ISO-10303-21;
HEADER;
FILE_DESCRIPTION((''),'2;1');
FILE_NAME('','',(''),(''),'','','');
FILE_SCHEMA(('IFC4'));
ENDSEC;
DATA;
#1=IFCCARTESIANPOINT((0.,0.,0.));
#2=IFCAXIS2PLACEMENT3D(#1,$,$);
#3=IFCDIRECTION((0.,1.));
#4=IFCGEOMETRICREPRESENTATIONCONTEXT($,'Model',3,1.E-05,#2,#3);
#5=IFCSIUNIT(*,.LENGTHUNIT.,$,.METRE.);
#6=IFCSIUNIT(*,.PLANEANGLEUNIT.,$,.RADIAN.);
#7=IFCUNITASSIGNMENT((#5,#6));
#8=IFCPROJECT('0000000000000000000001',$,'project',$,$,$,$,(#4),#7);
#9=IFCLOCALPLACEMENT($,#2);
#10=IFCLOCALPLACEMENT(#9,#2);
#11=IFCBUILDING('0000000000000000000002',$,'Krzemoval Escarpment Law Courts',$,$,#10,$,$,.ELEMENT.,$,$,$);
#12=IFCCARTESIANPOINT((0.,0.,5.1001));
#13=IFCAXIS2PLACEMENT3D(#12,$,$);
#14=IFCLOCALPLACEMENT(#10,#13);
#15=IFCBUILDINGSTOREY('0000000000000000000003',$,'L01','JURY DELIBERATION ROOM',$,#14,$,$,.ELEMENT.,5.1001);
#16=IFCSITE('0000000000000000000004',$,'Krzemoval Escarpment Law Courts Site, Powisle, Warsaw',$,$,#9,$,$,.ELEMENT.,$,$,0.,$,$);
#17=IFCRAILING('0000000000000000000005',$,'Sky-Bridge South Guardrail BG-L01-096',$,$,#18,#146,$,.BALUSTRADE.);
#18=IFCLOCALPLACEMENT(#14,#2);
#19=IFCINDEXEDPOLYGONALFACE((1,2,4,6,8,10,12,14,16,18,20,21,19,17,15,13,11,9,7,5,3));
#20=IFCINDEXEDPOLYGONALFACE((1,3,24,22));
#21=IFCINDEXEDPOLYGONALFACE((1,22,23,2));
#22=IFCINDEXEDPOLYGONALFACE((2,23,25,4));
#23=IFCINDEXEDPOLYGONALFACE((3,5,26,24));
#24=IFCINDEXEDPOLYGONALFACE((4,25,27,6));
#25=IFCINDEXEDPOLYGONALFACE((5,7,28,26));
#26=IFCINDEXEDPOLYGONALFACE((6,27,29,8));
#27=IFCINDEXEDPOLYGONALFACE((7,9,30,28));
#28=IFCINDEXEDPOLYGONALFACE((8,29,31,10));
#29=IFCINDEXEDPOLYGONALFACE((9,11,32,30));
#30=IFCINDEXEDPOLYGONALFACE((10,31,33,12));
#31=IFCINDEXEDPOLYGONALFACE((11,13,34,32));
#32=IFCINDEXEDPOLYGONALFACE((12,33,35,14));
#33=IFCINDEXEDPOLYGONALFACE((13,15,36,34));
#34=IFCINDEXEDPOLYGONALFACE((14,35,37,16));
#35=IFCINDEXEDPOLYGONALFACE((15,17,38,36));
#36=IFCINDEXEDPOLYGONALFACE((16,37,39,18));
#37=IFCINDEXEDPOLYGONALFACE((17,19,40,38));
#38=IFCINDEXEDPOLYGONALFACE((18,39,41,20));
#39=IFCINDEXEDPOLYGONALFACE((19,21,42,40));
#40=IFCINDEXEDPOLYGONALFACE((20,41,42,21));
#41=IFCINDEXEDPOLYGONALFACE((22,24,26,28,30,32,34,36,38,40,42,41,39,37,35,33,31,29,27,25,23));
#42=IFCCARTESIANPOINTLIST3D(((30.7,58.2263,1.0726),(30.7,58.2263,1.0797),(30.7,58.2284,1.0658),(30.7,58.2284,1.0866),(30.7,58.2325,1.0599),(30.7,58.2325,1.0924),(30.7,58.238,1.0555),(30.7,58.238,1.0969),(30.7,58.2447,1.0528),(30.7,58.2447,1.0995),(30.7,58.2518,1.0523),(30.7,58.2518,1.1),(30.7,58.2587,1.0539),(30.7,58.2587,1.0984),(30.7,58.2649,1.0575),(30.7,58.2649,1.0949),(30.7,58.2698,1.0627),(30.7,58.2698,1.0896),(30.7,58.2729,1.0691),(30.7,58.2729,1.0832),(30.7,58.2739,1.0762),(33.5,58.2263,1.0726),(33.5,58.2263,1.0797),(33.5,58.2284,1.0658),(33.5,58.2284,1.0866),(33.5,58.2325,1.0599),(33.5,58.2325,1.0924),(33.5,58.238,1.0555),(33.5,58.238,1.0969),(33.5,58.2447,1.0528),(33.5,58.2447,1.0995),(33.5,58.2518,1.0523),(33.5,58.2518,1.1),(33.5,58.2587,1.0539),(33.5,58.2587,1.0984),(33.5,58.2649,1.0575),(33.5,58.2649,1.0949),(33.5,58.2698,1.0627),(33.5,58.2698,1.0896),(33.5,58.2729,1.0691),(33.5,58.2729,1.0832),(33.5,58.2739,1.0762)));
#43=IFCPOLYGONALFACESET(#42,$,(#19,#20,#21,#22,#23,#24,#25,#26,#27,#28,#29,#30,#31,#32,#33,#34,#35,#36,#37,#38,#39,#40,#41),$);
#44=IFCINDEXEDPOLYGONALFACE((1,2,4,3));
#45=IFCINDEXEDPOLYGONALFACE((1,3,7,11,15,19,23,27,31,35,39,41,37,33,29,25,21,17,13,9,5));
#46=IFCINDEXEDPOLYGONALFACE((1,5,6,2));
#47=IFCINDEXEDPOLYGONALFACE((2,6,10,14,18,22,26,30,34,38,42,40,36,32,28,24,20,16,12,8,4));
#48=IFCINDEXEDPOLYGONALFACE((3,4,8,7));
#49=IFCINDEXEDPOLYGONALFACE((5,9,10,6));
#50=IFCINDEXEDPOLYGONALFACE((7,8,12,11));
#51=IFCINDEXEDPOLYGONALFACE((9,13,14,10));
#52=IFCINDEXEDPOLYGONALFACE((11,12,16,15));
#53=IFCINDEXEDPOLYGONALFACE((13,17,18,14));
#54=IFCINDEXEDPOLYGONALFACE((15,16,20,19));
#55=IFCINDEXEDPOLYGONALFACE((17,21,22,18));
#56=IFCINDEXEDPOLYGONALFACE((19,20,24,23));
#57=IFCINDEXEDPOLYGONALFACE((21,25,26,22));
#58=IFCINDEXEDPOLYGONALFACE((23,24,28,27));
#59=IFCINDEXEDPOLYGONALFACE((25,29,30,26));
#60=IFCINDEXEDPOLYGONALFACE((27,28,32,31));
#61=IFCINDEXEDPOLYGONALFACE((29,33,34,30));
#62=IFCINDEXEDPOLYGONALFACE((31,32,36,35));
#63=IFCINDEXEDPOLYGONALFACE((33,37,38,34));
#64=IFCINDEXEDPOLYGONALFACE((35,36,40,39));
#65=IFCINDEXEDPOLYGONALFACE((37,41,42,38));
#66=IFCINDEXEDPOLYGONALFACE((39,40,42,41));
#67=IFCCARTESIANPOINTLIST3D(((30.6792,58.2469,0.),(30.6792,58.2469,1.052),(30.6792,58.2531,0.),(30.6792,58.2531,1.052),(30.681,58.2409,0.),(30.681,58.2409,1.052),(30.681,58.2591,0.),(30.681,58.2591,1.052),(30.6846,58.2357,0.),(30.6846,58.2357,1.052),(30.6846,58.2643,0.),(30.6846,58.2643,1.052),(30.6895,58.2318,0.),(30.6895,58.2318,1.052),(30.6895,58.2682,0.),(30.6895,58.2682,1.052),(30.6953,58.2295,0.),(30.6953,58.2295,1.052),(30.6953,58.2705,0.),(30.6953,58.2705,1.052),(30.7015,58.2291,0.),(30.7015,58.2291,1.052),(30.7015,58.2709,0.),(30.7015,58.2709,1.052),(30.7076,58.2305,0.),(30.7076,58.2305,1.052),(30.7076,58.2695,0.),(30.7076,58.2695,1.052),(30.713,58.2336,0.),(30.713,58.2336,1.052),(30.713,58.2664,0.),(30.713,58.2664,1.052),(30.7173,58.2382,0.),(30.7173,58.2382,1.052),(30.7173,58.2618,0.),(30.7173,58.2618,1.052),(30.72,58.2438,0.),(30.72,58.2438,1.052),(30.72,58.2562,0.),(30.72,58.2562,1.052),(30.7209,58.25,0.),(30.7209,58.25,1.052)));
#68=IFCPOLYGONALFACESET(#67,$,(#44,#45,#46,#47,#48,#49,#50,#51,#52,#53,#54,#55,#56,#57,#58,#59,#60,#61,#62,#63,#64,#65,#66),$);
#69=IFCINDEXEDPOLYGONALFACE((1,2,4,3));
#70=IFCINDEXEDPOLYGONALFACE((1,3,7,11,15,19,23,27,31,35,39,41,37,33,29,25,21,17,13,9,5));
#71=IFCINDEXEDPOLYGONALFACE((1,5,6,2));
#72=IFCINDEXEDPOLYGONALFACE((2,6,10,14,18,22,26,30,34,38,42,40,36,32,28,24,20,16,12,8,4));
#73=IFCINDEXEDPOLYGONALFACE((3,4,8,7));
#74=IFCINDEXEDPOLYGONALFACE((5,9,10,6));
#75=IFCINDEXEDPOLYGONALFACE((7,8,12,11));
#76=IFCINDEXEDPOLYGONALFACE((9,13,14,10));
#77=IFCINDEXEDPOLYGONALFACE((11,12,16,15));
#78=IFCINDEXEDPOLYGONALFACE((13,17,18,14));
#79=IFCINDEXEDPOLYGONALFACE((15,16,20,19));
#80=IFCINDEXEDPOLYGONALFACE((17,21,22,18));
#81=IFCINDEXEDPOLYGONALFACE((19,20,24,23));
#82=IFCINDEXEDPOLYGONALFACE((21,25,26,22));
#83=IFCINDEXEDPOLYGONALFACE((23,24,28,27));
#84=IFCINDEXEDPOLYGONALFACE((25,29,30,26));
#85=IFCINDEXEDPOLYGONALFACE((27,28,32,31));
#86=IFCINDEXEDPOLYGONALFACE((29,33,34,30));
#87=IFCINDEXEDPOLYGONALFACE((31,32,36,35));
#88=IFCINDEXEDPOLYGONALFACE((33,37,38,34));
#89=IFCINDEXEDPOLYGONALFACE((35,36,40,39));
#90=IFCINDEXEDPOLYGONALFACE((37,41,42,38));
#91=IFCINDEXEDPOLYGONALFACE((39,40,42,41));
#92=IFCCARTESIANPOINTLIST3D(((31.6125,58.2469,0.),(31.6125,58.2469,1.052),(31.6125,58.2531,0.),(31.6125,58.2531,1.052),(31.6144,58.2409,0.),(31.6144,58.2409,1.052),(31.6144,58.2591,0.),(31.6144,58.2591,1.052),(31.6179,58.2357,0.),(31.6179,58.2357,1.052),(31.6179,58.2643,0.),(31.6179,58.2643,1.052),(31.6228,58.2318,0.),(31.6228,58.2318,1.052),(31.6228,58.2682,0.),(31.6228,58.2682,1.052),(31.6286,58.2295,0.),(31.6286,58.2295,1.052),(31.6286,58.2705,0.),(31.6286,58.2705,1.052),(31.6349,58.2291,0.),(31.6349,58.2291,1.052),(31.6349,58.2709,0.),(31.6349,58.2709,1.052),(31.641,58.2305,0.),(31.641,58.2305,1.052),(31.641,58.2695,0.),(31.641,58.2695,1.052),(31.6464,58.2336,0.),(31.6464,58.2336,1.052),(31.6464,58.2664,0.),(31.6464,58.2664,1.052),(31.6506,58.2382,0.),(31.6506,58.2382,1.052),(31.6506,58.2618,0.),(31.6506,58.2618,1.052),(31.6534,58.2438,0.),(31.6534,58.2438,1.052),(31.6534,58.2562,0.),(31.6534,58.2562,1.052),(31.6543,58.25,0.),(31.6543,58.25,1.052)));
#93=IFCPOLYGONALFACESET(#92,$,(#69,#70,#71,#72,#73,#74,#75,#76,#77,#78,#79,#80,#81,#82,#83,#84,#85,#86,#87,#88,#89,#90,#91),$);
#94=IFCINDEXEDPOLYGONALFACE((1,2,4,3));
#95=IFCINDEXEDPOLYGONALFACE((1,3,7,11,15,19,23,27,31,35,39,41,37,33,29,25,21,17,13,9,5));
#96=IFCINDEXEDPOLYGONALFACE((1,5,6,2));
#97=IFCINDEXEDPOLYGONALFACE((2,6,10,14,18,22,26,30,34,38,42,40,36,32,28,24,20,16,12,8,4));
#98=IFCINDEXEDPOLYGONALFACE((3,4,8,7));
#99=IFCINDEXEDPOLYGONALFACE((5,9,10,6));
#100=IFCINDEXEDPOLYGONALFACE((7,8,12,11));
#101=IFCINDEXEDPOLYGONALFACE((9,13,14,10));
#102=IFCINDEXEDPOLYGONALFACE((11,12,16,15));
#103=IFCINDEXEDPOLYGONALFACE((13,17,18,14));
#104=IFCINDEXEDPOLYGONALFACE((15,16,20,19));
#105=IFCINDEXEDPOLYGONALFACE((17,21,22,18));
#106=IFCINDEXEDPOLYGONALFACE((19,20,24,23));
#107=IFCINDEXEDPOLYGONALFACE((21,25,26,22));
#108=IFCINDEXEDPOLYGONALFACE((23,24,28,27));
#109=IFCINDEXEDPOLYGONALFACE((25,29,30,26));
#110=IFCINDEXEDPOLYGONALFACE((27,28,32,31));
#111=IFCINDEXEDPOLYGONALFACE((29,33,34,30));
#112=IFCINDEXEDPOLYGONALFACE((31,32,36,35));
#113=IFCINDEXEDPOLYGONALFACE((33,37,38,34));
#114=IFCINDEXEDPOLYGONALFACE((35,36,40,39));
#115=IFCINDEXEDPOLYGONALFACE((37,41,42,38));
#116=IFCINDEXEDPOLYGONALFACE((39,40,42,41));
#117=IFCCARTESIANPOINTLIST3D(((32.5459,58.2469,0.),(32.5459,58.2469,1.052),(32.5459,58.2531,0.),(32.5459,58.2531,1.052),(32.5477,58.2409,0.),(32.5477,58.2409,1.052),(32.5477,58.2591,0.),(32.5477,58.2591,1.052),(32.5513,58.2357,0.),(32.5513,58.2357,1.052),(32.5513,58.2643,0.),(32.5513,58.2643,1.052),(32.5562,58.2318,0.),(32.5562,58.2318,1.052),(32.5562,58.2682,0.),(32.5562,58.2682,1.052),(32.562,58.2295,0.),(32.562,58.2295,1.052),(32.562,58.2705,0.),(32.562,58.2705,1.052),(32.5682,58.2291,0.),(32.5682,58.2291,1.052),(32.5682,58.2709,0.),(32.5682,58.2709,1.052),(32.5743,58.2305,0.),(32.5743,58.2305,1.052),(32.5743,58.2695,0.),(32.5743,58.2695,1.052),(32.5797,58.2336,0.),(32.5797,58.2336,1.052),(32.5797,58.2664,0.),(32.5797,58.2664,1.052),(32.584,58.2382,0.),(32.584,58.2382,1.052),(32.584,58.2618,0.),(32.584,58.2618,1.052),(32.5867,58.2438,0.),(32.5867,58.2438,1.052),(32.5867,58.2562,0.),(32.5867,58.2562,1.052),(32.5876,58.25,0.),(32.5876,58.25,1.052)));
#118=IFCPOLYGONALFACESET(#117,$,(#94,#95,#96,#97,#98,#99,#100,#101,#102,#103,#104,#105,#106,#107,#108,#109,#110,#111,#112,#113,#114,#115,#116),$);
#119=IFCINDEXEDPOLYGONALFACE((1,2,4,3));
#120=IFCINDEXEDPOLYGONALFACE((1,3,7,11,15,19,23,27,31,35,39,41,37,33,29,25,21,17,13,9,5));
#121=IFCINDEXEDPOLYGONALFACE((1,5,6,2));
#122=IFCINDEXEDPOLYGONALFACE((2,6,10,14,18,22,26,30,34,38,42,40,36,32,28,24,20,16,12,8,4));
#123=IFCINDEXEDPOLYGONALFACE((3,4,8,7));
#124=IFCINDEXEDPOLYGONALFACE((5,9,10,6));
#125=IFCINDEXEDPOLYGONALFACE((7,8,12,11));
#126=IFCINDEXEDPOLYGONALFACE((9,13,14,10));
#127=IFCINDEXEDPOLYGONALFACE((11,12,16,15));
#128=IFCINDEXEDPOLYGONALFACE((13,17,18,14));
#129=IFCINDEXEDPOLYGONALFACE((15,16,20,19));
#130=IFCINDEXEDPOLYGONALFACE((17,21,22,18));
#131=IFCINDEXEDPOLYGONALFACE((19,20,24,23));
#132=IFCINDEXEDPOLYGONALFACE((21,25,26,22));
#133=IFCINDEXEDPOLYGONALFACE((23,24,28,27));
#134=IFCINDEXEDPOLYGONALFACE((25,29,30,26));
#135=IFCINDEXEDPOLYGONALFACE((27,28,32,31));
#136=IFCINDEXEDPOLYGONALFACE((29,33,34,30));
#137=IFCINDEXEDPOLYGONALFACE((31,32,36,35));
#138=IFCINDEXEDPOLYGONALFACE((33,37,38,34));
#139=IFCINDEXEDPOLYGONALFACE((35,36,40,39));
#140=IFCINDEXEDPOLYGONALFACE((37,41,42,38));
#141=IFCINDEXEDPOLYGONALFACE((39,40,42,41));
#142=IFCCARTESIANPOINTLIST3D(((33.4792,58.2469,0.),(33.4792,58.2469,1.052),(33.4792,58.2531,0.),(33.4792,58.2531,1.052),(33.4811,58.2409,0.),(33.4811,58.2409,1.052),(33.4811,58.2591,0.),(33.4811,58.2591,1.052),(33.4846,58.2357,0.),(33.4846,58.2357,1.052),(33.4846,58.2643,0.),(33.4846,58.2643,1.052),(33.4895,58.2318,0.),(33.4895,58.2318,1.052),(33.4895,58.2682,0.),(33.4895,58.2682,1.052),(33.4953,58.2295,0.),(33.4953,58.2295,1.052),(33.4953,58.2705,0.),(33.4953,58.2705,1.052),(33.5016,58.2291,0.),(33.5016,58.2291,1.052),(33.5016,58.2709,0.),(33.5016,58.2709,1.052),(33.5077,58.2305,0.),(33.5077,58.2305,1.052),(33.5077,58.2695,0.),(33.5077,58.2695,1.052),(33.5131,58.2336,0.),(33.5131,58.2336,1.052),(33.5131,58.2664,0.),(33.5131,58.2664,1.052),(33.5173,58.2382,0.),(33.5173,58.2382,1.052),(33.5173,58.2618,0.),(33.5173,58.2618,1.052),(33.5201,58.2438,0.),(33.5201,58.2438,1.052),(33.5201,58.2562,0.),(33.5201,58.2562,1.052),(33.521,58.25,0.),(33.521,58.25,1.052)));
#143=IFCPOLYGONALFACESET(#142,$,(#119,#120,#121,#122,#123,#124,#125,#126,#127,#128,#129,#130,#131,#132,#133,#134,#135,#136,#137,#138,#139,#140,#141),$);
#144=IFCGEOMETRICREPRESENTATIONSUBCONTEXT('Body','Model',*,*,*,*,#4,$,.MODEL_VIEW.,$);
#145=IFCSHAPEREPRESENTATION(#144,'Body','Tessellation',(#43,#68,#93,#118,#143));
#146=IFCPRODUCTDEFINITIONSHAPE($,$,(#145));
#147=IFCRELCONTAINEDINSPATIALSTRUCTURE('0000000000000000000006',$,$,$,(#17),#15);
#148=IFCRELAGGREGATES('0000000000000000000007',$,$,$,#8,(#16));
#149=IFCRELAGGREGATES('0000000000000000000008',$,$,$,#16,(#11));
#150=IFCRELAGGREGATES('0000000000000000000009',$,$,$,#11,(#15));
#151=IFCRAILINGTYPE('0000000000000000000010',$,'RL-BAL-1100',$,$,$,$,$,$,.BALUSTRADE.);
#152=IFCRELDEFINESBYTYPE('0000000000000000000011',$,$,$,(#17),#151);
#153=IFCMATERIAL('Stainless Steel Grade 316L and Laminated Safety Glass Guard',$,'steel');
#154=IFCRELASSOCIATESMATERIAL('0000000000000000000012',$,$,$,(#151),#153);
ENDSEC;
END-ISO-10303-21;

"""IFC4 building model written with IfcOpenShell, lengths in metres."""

from ifc_helpers import new_model, si_unit, direction, frame, origin, origin_2d, place, context, subcontext, project, spatial, circle, extrude, material, type_object, element, save


model = new_model("IFC4")

# Units and contexts
model_context = context("Model", 3, precision=1e-05, world=origin(), true_north=direction((0.0, 1.0)))
body_context = subcontext(model_context, "Body", "Model", "MODEL_VIEW")
ifc_project = project(units=[si_unit("LENGTHUNIT", "METRE"), si_unit("PLANEANGLEUNIT", "RADIAN")], contexts=[model_context])

# Site, building, storey
site_placement = place(None, origin())
site = spatial("IfcSite", under=ifc_project, at=site_placement, Name="Krzemoval Escarpment Law Courts Site, Powisle, Warsaw", CompositionType="ELEMENT", RefElevation=0.0)
building_placement = place(site_placement, origin())
building = spatial("IfcBuilding", under=site, at=building_placement, Name="Krzemoval Escarpment Law Courts", CompositionType="ELEMENT")
storey_placement = place(building_placement, frame((0.0, 0.0, 5.1001)))
storey = spatial("IfcBuildingStorey", under=building, at=storey_placement, Name="L01", Description="JURY DELIBERATION ROOM", CompositionType="ELEMENT", Elevation=5.1001)

# Railing
ifc_material_1 = material(Name="Stainless Steel Grade 316L and Laminated Safety Glass Guard", Category="steel")
railing_type = type_object("IfcRailingType", Name="RL-BAL-1100", PredefinedType="BALUSTRADE", material=ifc_material_1)
railing_1_placement = place(storey_placement, frame((30.7, 58.25, 0.0)))
element("IfcRailing", 1, at=railing_1_placement, inside=storey, type_object=railing_type, Name="Sky-Bridge South Guardrail BG-L01-096", PredefinedType="BALUSTRADE", context=body_context, shape_type="SweptSolid", body=[
    extrude(circle(Radius=0.0239, at=origin_2d()), frame((0.0, 0.0, 1.0762), z_axis=(1.0, 0.0, 0.0), x_axis=(0.0, 1.0, 0.0)), (0.0, 0.0, 1.0), 2.8),
    extrude(circle(Radius=0.021, at=origin_2d()), origin(), (0.0, 0.0, 1.0), 1.052),
    extrude(circle(Radius=0.021, at=origin_2d()), frame((0.9333, 0.0, 0.0)), (0.0, 0.0, 1.0), 1.052),
    extrude(circle(Radius=0.021, at=origin_2d()), frame((1.8667, 0.0, 0.0)), (0.0, 0.0, 1.0), 1.052),
    extrude(circle(Radius=0.021, at=origin_2d()), frame((2.8, 0.0, 0.0)), (0.0, 0.0, 1.0), 1.052),
])

save(model, "model.ifc")
